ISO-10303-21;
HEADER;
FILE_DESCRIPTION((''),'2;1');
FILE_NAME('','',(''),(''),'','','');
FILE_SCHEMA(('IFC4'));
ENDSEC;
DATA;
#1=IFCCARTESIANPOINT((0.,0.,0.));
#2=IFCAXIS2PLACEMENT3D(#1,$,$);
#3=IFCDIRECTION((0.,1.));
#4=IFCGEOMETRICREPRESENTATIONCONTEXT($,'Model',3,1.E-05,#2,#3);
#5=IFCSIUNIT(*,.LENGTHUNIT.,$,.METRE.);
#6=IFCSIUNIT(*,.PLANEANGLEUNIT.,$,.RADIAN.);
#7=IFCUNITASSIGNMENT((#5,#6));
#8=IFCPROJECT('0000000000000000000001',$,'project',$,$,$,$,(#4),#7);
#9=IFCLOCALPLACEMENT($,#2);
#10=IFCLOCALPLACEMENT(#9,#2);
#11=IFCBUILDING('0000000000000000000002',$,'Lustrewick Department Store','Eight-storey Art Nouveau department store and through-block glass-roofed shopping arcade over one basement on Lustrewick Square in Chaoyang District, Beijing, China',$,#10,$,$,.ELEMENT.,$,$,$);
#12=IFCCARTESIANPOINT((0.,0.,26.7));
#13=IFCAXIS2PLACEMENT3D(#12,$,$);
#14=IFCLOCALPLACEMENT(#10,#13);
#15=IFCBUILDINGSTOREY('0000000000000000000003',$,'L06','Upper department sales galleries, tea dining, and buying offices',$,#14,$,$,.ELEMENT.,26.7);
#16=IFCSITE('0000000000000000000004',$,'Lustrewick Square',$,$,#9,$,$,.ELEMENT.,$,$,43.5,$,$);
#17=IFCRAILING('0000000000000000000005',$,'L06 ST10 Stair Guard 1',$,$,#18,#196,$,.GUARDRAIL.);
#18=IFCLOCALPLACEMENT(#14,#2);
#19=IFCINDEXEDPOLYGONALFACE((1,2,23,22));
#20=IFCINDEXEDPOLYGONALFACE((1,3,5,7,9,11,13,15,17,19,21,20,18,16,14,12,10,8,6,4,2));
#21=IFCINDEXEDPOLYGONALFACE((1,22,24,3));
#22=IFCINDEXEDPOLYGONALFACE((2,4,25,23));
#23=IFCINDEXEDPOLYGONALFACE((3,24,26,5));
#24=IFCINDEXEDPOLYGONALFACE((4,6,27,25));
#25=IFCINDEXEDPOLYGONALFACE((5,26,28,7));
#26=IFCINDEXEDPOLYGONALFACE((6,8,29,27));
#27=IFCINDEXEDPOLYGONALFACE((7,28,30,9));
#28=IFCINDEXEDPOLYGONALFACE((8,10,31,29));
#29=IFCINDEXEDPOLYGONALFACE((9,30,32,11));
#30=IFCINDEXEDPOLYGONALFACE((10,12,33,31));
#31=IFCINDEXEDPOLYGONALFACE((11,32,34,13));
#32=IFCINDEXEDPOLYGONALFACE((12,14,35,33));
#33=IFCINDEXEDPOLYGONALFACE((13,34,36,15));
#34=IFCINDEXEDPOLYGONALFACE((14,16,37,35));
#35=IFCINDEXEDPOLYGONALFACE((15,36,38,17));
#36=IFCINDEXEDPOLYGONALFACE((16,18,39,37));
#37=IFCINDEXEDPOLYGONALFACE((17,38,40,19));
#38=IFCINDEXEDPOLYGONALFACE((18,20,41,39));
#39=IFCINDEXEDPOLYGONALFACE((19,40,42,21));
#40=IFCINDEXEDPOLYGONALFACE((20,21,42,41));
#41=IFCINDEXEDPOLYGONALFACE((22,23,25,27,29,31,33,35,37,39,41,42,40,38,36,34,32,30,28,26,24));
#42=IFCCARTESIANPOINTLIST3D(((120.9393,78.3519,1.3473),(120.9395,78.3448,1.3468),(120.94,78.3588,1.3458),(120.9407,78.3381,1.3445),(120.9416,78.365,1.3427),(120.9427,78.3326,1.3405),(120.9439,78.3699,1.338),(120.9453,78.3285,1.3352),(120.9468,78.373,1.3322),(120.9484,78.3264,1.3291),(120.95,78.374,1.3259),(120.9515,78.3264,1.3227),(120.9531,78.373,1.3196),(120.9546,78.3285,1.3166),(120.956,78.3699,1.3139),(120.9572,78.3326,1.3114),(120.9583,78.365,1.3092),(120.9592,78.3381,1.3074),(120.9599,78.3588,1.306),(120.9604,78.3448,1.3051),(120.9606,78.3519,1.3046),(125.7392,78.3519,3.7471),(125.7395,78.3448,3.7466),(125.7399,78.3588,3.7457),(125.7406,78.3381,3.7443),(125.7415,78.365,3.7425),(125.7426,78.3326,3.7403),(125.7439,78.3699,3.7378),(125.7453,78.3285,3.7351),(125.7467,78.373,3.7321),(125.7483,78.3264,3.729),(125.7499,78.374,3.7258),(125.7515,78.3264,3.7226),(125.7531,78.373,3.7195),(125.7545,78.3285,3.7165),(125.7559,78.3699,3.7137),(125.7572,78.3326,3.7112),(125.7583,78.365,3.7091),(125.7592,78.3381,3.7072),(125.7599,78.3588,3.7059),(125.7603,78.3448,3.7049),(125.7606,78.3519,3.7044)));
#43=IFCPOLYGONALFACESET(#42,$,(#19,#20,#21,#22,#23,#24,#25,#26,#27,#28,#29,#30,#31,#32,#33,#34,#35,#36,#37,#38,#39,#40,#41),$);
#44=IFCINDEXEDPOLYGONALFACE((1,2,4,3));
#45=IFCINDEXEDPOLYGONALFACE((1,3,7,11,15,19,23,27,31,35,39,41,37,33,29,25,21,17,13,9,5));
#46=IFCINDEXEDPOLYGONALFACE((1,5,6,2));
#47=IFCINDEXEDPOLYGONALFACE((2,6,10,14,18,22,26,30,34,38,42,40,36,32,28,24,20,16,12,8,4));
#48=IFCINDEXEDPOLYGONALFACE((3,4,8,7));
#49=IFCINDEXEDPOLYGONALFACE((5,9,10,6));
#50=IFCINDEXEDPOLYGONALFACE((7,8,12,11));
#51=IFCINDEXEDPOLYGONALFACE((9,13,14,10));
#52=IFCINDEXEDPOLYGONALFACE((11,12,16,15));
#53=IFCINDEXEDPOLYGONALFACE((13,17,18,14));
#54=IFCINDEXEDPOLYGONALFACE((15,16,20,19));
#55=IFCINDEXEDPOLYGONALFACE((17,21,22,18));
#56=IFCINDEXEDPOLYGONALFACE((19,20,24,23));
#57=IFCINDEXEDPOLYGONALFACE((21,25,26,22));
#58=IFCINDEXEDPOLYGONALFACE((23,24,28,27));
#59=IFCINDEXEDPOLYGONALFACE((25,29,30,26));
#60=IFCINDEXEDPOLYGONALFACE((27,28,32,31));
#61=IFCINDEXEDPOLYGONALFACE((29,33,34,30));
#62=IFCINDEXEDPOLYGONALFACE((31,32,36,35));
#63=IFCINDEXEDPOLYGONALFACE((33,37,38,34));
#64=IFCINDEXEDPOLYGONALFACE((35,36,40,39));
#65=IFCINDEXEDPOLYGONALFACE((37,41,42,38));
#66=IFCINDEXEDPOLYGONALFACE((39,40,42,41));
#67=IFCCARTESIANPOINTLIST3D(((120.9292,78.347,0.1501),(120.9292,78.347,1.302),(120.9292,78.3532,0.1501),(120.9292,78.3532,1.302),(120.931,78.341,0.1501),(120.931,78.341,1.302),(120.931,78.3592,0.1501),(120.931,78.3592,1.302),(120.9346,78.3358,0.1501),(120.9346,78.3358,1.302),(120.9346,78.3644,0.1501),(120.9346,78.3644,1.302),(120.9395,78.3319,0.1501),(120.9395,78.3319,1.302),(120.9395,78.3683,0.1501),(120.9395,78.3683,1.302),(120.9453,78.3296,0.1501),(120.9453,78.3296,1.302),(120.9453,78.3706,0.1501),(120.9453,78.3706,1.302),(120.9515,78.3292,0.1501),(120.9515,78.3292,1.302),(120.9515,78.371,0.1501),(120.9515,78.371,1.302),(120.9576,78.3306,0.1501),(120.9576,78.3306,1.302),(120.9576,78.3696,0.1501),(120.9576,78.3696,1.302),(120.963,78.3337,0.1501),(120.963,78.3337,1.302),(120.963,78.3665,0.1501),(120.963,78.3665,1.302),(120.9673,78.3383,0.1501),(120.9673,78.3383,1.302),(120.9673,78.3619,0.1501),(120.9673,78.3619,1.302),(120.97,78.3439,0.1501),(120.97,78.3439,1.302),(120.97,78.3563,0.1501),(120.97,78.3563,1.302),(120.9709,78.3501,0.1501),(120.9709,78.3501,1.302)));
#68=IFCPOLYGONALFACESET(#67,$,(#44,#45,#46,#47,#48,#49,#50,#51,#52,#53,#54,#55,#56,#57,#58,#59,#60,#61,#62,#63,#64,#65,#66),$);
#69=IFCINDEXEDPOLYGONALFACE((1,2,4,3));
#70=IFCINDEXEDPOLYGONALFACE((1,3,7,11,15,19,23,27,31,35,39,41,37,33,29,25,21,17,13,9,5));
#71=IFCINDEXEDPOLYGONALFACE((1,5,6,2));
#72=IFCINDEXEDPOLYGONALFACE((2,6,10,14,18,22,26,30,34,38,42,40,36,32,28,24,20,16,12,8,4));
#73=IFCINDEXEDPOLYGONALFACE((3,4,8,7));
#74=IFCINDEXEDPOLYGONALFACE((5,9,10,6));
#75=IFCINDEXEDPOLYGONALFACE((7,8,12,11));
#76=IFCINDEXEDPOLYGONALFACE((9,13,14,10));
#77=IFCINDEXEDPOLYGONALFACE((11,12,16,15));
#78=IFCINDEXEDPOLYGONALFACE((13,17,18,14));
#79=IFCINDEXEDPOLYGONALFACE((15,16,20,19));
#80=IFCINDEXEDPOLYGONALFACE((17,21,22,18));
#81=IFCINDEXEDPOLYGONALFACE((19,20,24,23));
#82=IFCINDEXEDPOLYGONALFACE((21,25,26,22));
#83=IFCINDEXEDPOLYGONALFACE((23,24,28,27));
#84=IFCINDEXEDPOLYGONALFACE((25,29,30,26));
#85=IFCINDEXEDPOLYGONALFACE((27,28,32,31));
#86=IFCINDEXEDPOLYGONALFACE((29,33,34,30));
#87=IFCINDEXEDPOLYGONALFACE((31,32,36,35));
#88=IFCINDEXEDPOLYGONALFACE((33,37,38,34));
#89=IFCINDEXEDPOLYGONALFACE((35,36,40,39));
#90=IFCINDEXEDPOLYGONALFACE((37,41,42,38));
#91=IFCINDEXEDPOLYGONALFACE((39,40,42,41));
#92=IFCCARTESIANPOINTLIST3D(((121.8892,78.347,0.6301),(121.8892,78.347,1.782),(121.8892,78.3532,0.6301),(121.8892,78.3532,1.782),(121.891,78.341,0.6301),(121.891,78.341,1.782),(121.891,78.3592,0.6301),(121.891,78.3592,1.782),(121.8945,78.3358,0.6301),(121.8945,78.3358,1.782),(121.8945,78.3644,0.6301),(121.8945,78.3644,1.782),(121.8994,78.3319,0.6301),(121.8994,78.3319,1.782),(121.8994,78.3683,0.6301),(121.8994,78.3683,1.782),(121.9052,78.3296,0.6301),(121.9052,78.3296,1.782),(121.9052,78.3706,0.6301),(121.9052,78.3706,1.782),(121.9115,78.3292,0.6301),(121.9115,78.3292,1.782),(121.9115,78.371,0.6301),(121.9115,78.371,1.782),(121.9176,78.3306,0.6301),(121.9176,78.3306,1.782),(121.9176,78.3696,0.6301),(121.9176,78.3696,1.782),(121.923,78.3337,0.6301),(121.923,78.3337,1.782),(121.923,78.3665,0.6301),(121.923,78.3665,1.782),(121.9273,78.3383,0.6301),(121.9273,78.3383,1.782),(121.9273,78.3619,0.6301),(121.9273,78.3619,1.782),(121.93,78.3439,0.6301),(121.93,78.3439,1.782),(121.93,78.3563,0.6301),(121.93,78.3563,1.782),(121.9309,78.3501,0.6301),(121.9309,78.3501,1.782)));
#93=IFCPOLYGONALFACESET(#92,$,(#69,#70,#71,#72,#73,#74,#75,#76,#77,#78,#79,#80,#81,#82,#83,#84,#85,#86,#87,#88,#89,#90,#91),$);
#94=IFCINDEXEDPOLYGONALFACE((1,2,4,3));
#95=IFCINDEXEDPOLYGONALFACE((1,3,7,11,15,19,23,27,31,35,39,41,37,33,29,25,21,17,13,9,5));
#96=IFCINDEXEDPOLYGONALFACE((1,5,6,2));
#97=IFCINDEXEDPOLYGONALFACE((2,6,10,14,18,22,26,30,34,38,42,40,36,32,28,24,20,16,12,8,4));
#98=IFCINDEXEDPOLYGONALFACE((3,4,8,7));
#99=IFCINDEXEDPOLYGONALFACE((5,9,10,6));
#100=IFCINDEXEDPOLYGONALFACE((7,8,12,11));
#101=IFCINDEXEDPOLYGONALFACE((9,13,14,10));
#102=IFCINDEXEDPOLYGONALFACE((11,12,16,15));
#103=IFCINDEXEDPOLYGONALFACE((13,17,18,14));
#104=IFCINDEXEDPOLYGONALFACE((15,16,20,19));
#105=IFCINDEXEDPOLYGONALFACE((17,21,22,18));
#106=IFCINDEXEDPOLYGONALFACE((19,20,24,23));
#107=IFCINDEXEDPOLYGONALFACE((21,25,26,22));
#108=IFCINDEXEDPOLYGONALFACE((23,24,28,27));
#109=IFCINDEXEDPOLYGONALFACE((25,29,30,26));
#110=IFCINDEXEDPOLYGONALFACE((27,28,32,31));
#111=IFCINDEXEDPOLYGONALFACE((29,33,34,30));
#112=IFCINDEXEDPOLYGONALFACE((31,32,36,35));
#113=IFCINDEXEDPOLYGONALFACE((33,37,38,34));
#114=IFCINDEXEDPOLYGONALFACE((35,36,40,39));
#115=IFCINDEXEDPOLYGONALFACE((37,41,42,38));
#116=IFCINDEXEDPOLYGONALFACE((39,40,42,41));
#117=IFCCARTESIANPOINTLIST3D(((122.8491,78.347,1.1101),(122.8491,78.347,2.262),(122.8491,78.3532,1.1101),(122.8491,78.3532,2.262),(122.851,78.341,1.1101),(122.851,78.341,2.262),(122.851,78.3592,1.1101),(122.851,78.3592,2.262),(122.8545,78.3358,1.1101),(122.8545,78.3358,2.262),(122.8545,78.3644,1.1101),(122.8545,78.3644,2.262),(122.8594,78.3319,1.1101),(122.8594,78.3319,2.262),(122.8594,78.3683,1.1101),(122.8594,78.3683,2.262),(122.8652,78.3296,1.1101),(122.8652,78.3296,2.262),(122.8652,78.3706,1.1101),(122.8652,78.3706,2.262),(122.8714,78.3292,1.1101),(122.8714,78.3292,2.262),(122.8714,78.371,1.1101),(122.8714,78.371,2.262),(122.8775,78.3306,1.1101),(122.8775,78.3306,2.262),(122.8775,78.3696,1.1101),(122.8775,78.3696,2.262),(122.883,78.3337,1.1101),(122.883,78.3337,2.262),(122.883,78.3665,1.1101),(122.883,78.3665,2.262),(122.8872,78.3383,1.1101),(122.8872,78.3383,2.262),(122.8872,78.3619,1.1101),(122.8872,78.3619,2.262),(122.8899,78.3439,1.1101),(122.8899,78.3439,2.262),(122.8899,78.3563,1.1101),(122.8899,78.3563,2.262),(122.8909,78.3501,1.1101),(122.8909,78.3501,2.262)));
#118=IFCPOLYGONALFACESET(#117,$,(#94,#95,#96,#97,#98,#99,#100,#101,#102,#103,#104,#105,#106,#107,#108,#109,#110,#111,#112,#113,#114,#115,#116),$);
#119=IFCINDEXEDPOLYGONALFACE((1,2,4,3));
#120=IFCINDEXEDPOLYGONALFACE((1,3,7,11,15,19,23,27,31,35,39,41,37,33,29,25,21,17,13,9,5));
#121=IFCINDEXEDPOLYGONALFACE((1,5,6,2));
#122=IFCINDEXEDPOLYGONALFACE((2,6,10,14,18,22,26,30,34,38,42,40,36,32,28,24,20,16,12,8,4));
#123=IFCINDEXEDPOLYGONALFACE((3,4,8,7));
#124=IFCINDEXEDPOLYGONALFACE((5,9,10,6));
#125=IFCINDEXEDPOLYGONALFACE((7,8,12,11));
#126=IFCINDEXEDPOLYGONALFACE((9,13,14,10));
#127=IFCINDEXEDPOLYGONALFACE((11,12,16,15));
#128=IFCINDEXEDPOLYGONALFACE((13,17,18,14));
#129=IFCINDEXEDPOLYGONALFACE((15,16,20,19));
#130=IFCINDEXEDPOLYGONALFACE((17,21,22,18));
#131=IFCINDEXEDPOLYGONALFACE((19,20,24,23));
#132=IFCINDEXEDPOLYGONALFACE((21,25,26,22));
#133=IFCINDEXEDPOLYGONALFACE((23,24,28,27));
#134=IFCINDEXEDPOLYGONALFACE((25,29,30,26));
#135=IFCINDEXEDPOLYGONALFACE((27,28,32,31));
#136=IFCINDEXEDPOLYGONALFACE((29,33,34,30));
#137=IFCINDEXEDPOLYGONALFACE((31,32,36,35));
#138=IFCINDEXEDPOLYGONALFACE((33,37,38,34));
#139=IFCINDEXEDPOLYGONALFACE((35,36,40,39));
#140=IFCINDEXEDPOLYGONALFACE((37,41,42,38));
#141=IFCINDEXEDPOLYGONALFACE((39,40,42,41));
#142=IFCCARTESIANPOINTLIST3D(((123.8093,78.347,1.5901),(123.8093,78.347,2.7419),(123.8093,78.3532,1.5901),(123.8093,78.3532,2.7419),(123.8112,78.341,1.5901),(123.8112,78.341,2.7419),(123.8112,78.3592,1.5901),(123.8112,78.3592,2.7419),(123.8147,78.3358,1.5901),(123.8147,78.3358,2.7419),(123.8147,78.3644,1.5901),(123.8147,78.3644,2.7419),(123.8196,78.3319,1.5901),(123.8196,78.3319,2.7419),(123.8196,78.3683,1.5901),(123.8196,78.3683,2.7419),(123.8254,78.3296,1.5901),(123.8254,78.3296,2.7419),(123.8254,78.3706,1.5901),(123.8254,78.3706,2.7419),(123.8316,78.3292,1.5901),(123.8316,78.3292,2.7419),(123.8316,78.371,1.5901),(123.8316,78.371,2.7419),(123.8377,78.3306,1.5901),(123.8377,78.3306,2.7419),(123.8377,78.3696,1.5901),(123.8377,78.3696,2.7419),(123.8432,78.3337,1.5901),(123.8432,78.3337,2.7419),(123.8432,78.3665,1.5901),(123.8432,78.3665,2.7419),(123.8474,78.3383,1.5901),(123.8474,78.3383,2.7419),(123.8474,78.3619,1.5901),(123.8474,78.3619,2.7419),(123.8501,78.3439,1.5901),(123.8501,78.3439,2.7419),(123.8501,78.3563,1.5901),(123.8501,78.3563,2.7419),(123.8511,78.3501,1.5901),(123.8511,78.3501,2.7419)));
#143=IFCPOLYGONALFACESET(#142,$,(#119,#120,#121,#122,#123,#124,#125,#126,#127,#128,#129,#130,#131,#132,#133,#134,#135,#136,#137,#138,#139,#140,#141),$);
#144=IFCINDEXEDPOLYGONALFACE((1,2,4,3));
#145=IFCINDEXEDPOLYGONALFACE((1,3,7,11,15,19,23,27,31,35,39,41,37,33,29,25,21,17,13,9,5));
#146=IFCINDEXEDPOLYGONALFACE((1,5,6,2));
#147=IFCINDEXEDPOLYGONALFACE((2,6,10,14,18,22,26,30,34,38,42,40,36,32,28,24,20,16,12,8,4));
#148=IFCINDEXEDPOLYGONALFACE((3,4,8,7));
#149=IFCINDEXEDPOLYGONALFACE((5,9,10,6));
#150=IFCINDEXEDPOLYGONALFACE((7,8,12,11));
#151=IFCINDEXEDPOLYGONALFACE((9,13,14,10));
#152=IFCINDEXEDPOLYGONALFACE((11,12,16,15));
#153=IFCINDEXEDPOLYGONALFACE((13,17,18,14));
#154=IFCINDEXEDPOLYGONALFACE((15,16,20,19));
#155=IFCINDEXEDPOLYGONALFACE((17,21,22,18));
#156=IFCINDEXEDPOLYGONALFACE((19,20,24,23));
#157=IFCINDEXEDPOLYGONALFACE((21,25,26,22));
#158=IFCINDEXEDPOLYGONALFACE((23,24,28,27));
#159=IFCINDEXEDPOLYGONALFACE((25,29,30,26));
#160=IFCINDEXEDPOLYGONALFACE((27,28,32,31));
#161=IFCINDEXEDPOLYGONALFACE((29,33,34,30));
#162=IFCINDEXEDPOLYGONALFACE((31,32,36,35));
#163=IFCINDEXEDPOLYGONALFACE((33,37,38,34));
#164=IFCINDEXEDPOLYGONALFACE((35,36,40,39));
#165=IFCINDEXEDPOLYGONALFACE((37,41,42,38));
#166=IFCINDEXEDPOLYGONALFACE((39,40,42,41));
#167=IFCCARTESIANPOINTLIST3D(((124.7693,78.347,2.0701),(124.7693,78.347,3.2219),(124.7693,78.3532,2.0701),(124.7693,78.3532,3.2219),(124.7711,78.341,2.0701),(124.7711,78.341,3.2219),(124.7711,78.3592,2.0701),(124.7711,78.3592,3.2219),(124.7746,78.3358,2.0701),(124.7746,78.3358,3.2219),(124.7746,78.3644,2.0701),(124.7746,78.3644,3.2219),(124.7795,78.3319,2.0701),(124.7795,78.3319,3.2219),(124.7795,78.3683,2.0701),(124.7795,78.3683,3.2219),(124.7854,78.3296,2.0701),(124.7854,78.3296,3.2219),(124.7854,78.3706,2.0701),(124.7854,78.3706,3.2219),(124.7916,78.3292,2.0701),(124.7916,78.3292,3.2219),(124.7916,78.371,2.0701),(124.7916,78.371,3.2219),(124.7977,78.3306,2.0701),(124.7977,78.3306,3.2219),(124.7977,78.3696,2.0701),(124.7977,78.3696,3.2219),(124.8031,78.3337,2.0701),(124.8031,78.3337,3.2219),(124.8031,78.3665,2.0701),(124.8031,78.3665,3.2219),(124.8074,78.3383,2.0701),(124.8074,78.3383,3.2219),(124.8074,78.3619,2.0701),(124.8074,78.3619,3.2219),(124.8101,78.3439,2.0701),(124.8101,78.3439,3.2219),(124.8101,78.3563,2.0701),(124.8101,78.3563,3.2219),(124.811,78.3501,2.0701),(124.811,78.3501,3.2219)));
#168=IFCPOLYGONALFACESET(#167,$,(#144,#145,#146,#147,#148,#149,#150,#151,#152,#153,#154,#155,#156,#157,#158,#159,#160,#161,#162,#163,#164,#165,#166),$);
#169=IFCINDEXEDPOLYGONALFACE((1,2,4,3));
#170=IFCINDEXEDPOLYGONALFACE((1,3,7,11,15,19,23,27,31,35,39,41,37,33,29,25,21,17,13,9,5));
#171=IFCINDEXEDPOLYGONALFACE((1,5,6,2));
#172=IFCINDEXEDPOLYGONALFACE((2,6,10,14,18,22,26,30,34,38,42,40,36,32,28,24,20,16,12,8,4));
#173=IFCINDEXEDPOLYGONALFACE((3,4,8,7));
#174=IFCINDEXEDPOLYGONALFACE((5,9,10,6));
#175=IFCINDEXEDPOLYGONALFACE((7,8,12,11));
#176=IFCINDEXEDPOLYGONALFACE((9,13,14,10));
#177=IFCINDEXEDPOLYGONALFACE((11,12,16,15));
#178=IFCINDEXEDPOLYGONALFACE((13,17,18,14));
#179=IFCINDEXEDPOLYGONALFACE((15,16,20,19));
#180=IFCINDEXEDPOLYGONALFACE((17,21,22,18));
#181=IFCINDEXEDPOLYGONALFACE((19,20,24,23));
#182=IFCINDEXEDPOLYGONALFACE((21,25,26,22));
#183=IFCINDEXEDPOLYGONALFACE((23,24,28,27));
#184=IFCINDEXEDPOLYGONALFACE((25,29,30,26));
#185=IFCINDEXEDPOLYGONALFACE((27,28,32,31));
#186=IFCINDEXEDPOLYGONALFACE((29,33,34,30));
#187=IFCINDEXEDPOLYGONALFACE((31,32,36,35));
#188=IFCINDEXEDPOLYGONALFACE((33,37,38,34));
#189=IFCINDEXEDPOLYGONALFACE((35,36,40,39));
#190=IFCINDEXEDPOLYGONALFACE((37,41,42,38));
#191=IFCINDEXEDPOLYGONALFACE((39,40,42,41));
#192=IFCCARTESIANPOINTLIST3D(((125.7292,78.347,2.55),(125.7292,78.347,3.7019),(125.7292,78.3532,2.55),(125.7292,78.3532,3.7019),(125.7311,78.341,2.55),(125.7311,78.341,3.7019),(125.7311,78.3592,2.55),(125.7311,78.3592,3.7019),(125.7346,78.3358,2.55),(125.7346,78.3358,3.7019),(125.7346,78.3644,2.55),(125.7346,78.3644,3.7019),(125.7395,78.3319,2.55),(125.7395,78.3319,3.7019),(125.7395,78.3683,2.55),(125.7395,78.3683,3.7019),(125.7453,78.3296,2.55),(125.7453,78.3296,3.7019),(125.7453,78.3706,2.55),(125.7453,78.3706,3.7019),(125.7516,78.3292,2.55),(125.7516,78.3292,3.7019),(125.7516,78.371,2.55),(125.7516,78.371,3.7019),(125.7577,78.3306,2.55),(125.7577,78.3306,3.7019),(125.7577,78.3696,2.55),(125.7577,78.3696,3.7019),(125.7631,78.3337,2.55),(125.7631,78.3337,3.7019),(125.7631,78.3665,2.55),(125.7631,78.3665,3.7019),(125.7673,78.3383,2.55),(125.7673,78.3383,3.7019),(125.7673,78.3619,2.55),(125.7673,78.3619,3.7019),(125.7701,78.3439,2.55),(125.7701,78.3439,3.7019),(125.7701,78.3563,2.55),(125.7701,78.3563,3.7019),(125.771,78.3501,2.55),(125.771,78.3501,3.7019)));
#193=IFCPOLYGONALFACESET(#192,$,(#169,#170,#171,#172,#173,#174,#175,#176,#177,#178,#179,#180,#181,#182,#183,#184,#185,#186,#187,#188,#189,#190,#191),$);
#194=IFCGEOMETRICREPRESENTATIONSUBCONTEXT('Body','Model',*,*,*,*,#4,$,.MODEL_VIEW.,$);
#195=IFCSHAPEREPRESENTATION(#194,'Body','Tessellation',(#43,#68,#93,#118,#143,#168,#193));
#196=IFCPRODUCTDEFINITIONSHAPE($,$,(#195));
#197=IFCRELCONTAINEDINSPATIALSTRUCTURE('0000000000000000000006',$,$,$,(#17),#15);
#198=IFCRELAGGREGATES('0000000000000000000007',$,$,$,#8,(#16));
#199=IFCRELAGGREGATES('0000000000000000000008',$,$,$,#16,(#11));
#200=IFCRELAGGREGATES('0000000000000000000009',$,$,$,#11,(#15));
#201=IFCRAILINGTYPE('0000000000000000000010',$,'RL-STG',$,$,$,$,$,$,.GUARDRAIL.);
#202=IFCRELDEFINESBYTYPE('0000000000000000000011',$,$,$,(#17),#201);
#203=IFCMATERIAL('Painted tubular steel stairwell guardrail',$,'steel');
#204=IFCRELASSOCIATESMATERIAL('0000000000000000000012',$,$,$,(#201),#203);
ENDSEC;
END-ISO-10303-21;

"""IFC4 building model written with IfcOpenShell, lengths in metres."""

from ifc_helpers import new_model, si_unit, direction, frame, origin, origin_2d, place, context, subcontext, project, spatial, circle, extrude, material, type_object, element, save


model = new_model("IFC4")

# Units and contexts
model_context = context("Model", 3, precision=1e-05, world=origin(), true_north=direction((0.0, 1.0)))
body_context = subcontext(model_context, "Body", "Model", "MODEL_VIEW")
ifc_project = project(units=[si_unit("LENGTHUNIT", "METRE"), si_unit("PLANEANGLEUNIT", "RADIAN")], contexts=[model_context])

# Site, building, storey
site_placement = place(None, origin())
site = spatial("IfcSite", under=ifc_project, at=site_placement, Name="Lustrewick Square", CompositionType="ELEMENT", RefElevation=43.5)
building_placement = place(site_placement, origin())
building = spatial("IfcBuilding", under=site, at=building_placement, Name="Lustrewick Department Store", Description="Eight-storey Art Nouveau department store and through-block glass-roofed shopping arcade over one basement on Lustrewick Square in Chaoyang District, Beijing, China", CompositionType="ELEMENT")
storey_placement = place(building_placement, frame((0.0, 0.0, 26.7)))
storey = spatial("IfcBuildingStorey", under=building, at=storey_placement, Name="L06", Description="Upper department sales galleries, tea dining, and buying offices", CompositionType="ELEMENT", Elevation=26.7)

# Railing
ifc_material_1 = material(Name="Painted tubular steel stairwell guardrail", Category="steel")
railing_type_1 = type_object("IfcRailingType", Name="RL-STG", PredefinedType="GUARDRAIL", material=ifc_material_1)
railing_1_placement = place(storey_placement, frame((120.95, 78.3501, 0.1501)))
element("IfcRailing", 1, at=railing_1_placement, inside=storey, type_object=railing_type_1, Name="L06 ST10 Stair Guard 1", PredefinedType="GUARDRAIL", context=body_context, shape_type="SweptSolid", body=[
    extrude(circle(Radius=0.0239, at=origin_2d()), frame((0.0, 0.0, 1.1758), z_axis=(0.894436, 0.0, 0.447195), x_axis=(0.0, 1.0, 0.0)), (0.0, 0.0, 1.0), 5.3665),
    extrude(circle(Radius=0.021, at=origin_2d()), origin(), (0.0, 0.0, 1.0), 1.1519),
    extrude(circle(Radius=0.021, at=origin_2d()), frame((0.96, 0.0, 0.48)), (0.0, 0.0, 1.0), 1.1519),
    extrude(circle(Radius=0.021, at=origin_2d()), frame((1.9199, 0.0, 0.96)), (0.0, 0.0, 1.0), 1.1519),
    extrude(circle(Radius=0.021, at=origin_2d()), frame((2.8801, 0.0, 1.4399)), (0.0, 0.0, 1.0), 1.1519),
    extrude(circle(Radius=0.021, at=origin_2d()), frame((3.8401, 0.0, 1.9199)), (0.0, 0.0, 1.0), 1.1519),
    extrude(circle(Radius=0.021, at=origin_2d()), frame((4.8, 0.0, 2.3999)), (0.0, 0.0, 1.0), 1.1519),
])

save(model, "model.ifc")
